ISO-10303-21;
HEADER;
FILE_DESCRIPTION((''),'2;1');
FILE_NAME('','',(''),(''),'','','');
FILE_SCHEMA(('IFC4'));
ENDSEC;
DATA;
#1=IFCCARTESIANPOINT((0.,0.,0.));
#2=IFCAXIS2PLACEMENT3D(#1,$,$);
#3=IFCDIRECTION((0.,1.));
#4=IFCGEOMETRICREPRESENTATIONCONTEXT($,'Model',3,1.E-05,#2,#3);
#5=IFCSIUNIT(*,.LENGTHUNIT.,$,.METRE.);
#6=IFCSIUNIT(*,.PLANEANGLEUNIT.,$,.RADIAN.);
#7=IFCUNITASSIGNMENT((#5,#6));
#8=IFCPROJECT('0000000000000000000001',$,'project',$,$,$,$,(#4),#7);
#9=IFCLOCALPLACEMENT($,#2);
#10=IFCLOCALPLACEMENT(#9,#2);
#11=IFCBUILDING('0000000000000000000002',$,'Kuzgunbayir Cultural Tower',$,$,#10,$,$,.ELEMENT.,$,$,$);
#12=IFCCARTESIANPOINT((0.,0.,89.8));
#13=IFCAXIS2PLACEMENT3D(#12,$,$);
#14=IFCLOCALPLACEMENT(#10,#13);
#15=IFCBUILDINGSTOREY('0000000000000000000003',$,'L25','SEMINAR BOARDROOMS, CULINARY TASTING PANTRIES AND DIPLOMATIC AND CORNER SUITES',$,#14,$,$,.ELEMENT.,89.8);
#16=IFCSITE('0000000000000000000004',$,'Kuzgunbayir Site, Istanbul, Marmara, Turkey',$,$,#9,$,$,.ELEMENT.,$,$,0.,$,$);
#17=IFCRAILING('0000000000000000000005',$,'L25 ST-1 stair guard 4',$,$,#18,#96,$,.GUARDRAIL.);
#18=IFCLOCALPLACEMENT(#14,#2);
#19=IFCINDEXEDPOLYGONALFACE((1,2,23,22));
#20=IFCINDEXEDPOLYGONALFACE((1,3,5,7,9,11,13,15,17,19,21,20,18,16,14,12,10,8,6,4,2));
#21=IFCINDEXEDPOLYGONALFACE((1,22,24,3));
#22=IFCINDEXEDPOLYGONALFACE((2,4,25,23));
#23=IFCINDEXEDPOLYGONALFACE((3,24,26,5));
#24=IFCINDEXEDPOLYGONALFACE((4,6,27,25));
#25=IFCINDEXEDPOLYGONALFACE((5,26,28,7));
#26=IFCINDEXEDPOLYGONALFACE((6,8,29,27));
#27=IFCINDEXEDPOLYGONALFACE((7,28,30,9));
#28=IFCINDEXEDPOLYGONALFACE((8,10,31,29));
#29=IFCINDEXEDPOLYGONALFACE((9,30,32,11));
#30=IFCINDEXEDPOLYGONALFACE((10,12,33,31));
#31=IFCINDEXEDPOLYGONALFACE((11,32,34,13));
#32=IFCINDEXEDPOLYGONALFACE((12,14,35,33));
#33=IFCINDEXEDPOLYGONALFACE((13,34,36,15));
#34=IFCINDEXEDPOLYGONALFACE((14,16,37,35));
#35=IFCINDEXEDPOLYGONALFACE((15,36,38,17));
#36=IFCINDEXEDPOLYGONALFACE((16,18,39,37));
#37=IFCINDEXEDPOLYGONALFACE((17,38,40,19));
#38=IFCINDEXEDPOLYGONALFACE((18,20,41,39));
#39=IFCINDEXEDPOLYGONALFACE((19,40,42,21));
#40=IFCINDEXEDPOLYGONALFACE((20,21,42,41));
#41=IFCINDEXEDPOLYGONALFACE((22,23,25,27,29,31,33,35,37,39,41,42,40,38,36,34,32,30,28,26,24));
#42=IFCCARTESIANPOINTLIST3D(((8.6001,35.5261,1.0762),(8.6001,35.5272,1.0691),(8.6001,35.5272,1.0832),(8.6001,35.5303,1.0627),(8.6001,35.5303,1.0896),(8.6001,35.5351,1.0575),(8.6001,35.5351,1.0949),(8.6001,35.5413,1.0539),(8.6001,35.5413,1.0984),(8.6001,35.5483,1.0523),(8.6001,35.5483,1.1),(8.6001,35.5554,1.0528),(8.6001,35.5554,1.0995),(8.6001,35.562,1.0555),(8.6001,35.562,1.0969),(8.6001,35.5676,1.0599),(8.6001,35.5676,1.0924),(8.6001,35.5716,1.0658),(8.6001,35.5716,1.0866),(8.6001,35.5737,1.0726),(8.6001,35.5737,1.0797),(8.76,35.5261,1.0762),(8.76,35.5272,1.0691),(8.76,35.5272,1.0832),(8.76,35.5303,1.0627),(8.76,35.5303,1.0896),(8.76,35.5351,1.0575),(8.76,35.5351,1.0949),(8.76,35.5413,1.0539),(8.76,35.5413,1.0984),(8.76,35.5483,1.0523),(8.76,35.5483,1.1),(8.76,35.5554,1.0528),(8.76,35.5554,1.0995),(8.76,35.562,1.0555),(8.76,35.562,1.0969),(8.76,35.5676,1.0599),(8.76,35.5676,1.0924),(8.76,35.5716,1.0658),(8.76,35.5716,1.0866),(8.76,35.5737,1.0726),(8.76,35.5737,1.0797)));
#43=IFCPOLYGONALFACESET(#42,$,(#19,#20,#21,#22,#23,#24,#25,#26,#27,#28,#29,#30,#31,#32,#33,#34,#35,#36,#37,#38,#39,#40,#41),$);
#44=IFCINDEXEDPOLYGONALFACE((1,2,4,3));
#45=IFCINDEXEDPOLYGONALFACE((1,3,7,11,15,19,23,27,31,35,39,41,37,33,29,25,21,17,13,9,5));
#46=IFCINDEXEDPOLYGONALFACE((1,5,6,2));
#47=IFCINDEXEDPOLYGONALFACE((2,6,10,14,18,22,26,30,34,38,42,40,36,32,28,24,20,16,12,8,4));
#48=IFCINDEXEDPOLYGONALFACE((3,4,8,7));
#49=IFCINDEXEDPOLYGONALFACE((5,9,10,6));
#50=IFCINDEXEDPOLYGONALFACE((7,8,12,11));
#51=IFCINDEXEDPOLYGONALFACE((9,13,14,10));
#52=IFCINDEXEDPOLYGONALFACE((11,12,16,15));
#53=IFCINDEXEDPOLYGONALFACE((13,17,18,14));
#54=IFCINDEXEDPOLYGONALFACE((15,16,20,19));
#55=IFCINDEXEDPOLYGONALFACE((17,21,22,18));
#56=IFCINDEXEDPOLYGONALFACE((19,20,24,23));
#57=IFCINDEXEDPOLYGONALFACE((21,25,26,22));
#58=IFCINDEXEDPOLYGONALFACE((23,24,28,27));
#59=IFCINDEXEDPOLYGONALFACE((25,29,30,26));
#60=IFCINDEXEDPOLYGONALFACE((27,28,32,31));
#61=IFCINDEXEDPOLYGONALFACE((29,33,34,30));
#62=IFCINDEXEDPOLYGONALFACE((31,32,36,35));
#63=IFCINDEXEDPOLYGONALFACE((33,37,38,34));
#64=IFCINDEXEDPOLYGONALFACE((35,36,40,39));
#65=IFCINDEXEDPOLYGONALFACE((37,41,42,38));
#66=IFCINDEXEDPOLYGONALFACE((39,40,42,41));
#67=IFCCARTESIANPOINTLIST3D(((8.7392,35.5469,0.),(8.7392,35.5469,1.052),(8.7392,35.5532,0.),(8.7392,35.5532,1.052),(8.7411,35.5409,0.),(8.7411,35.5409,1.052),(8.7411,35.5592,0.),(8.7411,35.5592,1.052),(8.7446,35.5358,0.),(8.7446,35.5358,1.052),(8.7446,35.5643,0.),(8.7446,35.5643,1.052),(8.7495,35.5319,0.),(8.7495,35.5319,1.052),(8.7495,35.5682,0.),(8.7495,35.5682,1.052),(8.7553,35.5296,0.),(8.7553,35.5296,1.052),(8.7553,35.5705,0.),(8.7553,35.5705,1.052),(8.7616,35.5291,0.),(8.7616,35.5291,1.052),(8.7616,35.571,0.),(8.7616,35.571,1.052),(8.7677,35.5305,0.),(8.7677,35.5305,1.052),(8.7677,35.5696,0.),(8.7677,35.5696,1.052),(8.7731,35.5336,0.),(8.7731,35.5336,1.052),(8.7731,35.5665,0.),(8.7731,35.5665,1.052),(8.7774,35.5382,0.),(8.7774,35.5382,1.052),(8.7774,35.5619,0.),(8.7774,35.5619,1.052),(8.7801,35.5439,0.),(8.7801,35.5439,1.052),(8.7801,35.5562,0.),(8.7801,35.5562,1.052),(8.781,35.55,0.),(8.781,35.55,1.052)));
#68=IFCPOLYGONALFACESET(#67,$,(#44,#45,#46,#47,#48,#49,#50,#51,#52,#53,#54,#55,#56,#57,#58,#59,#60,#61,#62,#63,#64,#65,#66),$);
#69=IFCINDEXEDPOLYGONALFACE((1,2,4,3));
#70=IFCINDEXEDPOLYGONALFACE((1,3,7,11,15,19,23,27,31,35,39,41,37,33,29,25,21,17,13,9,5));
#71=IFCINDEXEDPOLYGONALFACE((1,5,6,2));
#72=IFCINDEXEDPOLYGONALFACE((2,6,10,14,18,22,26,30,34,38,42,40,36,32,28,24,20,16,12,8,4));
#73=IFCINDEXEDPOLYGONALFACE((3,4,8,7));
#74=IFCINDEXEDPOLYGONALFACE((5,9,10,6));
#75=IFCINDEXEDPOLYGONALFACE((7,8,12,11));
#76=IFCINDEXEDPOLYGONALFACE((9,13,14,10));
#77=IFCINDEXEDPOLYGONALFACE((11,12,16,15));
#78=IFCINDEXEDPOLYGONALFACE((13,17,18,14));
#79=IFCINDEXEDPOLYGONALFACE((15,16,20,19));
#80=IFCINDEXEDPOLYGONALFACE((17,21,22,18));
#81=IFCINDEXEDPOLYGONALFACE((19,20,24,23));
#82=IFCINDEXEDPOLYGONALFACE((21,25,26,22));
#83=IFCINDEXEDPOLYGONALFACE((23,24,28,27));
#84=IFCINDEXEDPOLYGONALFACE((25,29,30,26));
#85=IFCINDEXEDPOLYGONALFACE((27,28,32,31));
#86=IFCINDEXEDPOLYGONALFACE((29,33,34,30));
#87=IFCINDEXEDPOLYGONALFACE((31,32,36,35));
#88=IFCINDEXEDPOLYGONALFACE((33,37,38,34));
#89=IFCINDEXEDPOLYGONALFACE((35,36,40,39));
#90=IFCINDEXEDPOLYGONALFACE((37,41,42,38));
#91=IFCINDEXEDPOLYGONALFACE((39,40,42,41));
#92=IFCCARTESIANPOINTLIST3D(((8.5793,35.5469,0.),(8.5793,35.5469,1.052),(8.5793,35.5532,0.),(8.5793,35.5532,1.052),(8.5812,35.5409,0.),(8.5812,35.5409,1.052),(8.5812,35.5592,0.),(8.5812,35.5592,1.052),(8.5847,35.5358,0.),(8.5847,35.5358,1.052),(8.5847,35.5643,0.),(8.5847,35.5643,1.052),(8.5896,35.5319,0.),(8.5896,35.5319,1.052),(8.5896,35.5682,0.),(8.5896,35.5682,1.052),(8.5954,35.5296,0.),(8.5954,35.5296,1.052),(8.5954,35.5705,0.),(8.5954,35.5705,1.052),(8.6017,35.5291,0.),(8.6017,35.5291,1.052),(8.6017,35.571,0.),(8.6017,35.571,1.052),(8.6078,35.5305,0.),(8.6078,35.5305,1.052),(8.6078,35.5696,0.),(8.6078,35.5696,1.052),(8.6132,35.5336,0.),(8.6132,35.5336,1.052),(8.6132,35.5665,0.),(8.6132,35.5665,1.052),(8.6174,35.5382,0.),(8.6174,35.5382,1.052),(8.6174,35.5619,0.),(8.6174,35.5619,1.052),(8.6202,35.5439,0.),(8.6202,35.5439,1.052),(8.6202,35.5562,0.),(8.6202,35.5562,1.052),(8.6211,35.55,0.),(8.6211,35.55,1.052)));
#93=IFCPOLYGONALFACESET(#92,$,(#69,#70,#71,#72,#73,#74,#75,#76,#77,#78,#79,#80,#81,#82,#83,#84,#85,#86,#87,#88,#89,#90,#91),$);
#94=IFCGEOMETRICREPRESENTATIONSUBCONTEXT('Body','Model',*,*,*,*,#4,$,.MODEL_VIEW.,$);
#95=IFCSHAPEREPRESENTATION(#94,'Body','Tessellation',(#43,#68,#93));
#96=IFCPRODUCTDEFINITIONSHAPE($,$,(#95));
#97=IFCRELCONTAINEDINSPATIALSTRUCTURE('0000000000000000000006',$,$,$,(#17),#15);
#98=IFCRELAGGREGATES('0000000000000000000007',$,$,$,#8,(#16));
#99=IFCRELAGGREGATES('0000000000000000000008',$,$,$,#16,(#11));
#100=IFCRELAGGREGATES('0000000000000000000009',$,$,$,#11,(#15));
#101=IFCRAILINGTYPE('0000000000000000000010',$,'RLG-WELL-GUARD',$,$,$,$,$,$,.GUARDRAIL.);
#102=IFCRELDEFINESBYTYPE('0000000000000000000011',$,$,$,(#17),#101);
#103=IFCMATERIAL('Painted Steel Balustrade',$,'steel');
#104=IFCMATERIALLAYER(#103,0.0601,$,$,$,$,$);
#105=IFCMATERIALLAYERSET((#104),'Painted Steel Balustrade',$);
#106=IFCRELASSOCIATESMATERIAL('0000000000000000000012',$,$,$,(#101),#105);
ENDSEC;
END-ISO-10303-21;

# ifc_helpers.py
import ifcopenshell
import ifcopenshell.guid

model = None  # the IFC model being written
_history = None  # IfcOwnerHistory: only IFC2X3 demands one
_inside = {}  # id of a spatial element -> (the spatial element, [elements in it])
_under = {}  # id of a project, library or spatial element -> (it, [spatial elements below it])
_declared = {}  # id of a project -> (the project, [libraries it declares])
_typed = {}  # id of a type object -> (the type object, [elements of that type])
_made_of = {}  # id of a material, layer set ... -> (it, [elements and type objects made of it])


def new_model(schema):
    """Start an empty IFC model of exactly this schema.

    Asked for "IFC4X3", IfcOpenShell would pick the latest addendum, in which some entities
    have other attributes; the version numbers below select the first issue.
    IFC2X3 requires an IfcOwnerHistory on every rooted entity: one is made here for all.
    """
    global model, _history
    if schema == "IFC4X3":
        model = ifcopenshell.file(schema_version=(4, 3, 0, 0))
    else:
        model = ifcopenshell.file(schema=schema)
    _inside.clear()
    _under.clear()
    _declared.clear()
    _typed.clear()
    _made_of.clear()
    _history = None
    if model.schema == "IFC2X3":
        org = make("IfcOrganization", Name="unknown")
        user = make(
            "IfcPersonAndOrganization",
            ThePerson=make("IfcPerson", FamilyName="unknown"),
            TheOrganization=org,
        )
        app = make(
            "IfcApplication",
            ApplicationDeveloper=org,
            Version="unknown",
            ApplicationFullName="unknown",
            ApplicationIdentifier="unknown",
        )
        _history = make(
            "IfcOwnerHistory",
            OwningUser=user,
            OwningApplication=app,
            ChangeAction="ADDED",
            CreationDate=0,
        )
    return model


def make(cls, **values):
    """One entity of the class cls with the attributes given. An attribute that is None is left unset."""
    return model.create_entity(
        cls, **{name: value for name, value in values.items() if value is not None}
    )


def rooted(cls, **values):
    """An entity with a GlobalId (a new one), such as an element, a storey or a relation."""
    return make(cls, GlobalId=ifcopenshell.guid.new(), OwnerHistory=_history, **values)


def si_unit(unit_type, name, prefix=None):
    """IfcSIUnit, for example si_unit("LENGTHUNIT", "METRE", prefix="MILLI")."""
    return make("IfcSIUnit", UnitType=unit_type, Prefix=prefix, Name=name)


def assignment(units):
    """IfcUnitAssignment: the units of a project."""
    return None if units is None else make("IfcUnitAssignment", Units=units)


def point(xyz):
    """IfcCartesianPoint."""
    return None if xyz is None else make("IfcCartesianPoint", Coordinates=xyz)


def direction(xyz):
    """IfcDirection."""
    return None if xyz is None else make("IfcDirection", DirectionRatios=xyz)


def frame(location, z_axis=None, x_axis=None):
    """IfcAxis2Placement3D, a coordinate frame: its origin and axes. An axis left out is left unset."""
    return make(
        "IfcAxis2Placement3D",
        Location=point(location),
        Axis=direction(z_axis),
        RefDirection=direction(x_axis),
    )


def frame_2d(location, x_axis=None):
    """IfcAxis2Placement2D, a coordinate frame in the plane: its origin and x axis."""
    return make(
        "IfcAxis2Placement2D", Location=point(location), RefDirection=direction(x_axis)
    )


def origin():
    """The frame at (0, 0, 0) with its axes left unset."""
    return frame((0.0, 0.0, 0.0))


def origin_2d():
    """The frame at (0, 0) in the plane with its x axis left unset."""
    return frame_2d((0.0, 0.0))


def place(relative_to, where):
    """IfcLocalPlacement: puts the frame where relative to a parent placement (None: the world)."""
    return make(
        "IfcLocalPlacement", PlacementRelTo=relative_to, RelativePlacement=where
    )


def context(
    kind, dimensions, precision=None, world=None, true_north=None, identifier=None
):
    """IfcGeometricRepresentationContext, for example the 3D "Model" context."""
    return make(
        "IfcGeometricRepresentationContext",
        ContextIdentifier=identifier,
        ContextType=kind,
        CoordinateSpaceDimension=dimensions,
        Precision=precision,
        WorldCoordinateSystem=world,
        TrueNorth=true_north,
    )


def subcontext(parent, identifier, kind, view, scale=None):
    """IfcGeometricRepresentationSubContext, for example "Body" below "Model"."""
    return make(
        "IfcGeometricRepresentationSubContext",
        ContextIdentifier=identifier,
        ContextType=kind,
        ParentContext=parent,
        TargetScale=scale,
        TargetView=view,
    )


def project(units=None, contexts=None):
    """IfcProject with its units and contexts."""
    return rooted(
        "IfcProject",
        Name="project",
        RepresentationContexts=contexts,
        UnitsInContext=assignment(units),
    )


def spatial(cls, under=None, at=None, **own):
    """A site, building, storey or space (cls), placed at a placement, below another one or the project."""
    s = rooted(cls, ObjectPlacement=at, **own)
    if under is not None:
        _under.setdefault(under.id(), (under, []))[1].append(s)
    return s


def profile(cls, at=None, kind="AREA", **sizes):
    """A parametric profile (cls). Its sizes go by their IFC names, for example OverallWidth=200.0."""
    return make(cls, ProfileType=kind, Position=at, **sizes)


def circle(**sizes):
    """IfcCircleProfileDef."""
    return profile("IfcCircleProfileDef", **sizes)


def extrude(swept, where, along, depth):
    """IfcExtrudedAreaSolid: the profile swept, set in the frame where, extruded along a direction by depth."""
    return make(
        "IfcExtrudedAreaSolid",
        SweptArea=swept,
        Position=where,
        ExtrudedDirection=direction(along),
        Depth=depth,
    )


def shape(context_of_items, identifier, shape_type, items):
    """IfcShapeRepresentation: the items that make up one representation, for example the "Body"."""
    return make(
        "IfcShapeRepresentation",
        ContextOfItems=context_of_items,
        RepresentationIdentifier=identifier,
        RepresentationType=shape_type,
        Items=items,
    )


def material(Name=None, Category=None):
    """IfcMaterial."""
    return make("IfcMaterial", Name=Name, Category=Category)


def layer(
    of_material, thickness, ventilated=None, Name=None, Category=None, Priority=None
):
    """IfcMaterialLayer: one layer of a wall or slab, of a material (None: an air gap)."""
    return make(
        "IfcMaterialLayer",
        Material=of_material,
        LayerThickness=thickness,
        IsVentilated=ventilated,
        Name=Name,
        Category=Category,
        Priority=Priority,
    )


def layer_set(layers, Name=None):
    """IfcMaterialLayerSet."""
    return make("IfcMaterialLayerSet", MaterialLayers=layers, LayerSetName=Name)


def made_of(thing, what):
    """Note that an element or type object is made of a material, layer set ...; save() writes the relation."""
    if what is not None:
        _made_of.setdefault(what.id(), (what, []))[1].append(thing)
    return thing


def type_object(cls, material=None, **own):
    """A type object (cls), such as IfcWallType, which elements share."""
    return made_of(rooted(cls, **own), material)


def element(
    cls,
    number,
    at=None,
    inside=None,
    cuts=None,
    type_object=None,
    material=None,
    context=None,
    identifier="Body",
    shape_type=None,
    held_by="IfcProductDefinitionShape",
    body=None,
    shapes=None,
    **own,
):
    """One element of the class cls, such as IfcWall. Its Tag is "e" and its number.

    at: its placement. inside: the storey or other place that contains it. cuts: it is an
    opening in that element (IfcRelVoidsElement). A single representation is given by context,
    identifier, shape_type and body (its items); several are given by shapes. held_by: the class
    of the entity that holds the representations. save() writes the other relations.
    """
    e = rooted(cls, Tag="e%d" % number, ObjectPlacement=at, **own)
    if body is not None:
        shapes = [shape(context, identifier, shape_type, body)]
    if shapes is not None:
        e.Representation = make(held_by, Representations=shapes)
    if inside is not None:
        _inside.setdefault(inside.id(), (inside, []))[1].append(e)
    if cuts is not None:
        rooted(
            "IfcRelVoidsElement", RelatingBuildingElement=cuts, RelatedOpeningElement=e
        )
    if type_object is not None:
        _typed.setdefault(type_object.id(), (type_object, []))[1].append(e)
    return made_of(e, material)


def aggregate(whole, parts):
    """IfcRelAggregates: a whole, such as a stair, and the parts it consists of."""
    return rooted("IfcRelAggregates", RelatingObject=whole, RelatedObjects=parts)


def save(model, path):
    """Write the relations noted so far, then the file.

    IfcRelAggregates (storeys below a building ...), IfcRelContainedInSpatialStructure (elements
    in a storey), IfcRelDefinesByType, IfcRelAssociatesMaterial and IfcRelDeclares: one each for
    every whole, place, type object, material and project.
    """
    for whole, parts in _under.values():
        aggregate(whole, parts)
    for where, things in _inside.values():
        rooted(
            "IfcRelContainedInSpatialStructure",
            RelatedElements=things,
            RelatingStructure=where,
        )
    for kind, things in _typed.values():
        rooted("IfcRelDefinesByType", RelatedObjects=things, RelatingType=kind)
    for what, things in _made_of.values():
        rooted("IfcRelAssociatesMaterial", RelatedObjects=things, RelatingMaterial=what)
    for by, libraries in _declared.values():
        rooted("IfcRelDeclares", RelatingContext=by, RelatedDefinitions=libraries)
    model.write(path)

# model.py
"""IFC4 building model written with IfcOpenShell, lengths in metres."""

from ifc_helpers import new_model, si_unit, direction, frame, origin, origin_2d, place, context, subcontext, project, spatial, circle, extrude, material, layer, layer_set, type_object, element, save


model = new_model("IFC4")

# Units and contexts
model_context = context("Model", 3, precision=1e-05, world=origin(), true_north=direction((0.0, 1.0)))
body_context = subcontext(model_context, "Body", "Model", "MODEL_VIEW")
ifc_project = project(units=[si_unit("LENGTHUNIT", "METRE"), si_unit("PLANEANGLEUNIT", "RADIAN")], contexts=[model_context])

# Site, building, storey
site_placement = place(None, origin())
site = spatial("IfcSite", under=ifc_project, at=site_placement, Name="Kuzgunbayir Site, Istanbul, Marmara, Turkey", CompositionType="ELEMENT", RefElevation=0.0)
building_placement = place(site_placement, origin())
building = spatial("IfcBuilding", under=site, at=building_placement, Name="Kuzgunbayir Cultural Tower", CompositionType="ELEMENT")
storey_placement = place(building_placement, frame((0.0, 0.0, 89.8)))
storey = spatial("IfcBuildingStorey", under=building, at=storey_placement, Name="L25", Description="SEMINAR BOARDROOMS, CULINARY TASTING PANTRIES AND DIPLOMATIC AND CORNER SUITES", CompositionType="ELEMENT", Elevation=89.8)

# Railing
ifc_material_1 = material(Name="Painted Steel Balustrade", Category="steel")
ifc_layer_1 = layer(ifc_material_1, 0.0601)
ifc_layer_set_1 = layer_set([ifc_layer_1], Name="Painted Steel Balustrade")
railing_type_1 = type_object("IfcRailingType", Name="RLG-WELL-GUARD", PredefinedType="GUARDRAIL", material=ifc_layer_set_1)
railing_1_placement = place(storey_placement, frame((8.76, 35.55, 0.0)))
element("IfcRailing", 1, at=railing_1_placement, inside=storey, type_object=railing_type_1, Name="L25 ST-1 stair guard 4", PredefinedType="GUARDRAIL", context=body_context, shape_type="SweptSolid", body=[
    extrude(circle(Radius=0.0239, at=origin_2d()), frame((0.0, 0.0, 1.0762), z_axis=(-1.0, 0.0, 0.0), x_axis=(0.0, -1.0, 0.0)), (0.0, 0.0, 1.0), 0.1599),
    extrude(circle(Radius=0.021, at=origin_2d()), origin(), (0.0, 0.0, 1.0), 1.052),
    extrude(circle(Radius=0.021, at=origin_2d()), frame((-0.1599, 0.0, 0.0)), (0.0, 0.0, 1.0), 1.052),
])

save(model, "model.ifc")
